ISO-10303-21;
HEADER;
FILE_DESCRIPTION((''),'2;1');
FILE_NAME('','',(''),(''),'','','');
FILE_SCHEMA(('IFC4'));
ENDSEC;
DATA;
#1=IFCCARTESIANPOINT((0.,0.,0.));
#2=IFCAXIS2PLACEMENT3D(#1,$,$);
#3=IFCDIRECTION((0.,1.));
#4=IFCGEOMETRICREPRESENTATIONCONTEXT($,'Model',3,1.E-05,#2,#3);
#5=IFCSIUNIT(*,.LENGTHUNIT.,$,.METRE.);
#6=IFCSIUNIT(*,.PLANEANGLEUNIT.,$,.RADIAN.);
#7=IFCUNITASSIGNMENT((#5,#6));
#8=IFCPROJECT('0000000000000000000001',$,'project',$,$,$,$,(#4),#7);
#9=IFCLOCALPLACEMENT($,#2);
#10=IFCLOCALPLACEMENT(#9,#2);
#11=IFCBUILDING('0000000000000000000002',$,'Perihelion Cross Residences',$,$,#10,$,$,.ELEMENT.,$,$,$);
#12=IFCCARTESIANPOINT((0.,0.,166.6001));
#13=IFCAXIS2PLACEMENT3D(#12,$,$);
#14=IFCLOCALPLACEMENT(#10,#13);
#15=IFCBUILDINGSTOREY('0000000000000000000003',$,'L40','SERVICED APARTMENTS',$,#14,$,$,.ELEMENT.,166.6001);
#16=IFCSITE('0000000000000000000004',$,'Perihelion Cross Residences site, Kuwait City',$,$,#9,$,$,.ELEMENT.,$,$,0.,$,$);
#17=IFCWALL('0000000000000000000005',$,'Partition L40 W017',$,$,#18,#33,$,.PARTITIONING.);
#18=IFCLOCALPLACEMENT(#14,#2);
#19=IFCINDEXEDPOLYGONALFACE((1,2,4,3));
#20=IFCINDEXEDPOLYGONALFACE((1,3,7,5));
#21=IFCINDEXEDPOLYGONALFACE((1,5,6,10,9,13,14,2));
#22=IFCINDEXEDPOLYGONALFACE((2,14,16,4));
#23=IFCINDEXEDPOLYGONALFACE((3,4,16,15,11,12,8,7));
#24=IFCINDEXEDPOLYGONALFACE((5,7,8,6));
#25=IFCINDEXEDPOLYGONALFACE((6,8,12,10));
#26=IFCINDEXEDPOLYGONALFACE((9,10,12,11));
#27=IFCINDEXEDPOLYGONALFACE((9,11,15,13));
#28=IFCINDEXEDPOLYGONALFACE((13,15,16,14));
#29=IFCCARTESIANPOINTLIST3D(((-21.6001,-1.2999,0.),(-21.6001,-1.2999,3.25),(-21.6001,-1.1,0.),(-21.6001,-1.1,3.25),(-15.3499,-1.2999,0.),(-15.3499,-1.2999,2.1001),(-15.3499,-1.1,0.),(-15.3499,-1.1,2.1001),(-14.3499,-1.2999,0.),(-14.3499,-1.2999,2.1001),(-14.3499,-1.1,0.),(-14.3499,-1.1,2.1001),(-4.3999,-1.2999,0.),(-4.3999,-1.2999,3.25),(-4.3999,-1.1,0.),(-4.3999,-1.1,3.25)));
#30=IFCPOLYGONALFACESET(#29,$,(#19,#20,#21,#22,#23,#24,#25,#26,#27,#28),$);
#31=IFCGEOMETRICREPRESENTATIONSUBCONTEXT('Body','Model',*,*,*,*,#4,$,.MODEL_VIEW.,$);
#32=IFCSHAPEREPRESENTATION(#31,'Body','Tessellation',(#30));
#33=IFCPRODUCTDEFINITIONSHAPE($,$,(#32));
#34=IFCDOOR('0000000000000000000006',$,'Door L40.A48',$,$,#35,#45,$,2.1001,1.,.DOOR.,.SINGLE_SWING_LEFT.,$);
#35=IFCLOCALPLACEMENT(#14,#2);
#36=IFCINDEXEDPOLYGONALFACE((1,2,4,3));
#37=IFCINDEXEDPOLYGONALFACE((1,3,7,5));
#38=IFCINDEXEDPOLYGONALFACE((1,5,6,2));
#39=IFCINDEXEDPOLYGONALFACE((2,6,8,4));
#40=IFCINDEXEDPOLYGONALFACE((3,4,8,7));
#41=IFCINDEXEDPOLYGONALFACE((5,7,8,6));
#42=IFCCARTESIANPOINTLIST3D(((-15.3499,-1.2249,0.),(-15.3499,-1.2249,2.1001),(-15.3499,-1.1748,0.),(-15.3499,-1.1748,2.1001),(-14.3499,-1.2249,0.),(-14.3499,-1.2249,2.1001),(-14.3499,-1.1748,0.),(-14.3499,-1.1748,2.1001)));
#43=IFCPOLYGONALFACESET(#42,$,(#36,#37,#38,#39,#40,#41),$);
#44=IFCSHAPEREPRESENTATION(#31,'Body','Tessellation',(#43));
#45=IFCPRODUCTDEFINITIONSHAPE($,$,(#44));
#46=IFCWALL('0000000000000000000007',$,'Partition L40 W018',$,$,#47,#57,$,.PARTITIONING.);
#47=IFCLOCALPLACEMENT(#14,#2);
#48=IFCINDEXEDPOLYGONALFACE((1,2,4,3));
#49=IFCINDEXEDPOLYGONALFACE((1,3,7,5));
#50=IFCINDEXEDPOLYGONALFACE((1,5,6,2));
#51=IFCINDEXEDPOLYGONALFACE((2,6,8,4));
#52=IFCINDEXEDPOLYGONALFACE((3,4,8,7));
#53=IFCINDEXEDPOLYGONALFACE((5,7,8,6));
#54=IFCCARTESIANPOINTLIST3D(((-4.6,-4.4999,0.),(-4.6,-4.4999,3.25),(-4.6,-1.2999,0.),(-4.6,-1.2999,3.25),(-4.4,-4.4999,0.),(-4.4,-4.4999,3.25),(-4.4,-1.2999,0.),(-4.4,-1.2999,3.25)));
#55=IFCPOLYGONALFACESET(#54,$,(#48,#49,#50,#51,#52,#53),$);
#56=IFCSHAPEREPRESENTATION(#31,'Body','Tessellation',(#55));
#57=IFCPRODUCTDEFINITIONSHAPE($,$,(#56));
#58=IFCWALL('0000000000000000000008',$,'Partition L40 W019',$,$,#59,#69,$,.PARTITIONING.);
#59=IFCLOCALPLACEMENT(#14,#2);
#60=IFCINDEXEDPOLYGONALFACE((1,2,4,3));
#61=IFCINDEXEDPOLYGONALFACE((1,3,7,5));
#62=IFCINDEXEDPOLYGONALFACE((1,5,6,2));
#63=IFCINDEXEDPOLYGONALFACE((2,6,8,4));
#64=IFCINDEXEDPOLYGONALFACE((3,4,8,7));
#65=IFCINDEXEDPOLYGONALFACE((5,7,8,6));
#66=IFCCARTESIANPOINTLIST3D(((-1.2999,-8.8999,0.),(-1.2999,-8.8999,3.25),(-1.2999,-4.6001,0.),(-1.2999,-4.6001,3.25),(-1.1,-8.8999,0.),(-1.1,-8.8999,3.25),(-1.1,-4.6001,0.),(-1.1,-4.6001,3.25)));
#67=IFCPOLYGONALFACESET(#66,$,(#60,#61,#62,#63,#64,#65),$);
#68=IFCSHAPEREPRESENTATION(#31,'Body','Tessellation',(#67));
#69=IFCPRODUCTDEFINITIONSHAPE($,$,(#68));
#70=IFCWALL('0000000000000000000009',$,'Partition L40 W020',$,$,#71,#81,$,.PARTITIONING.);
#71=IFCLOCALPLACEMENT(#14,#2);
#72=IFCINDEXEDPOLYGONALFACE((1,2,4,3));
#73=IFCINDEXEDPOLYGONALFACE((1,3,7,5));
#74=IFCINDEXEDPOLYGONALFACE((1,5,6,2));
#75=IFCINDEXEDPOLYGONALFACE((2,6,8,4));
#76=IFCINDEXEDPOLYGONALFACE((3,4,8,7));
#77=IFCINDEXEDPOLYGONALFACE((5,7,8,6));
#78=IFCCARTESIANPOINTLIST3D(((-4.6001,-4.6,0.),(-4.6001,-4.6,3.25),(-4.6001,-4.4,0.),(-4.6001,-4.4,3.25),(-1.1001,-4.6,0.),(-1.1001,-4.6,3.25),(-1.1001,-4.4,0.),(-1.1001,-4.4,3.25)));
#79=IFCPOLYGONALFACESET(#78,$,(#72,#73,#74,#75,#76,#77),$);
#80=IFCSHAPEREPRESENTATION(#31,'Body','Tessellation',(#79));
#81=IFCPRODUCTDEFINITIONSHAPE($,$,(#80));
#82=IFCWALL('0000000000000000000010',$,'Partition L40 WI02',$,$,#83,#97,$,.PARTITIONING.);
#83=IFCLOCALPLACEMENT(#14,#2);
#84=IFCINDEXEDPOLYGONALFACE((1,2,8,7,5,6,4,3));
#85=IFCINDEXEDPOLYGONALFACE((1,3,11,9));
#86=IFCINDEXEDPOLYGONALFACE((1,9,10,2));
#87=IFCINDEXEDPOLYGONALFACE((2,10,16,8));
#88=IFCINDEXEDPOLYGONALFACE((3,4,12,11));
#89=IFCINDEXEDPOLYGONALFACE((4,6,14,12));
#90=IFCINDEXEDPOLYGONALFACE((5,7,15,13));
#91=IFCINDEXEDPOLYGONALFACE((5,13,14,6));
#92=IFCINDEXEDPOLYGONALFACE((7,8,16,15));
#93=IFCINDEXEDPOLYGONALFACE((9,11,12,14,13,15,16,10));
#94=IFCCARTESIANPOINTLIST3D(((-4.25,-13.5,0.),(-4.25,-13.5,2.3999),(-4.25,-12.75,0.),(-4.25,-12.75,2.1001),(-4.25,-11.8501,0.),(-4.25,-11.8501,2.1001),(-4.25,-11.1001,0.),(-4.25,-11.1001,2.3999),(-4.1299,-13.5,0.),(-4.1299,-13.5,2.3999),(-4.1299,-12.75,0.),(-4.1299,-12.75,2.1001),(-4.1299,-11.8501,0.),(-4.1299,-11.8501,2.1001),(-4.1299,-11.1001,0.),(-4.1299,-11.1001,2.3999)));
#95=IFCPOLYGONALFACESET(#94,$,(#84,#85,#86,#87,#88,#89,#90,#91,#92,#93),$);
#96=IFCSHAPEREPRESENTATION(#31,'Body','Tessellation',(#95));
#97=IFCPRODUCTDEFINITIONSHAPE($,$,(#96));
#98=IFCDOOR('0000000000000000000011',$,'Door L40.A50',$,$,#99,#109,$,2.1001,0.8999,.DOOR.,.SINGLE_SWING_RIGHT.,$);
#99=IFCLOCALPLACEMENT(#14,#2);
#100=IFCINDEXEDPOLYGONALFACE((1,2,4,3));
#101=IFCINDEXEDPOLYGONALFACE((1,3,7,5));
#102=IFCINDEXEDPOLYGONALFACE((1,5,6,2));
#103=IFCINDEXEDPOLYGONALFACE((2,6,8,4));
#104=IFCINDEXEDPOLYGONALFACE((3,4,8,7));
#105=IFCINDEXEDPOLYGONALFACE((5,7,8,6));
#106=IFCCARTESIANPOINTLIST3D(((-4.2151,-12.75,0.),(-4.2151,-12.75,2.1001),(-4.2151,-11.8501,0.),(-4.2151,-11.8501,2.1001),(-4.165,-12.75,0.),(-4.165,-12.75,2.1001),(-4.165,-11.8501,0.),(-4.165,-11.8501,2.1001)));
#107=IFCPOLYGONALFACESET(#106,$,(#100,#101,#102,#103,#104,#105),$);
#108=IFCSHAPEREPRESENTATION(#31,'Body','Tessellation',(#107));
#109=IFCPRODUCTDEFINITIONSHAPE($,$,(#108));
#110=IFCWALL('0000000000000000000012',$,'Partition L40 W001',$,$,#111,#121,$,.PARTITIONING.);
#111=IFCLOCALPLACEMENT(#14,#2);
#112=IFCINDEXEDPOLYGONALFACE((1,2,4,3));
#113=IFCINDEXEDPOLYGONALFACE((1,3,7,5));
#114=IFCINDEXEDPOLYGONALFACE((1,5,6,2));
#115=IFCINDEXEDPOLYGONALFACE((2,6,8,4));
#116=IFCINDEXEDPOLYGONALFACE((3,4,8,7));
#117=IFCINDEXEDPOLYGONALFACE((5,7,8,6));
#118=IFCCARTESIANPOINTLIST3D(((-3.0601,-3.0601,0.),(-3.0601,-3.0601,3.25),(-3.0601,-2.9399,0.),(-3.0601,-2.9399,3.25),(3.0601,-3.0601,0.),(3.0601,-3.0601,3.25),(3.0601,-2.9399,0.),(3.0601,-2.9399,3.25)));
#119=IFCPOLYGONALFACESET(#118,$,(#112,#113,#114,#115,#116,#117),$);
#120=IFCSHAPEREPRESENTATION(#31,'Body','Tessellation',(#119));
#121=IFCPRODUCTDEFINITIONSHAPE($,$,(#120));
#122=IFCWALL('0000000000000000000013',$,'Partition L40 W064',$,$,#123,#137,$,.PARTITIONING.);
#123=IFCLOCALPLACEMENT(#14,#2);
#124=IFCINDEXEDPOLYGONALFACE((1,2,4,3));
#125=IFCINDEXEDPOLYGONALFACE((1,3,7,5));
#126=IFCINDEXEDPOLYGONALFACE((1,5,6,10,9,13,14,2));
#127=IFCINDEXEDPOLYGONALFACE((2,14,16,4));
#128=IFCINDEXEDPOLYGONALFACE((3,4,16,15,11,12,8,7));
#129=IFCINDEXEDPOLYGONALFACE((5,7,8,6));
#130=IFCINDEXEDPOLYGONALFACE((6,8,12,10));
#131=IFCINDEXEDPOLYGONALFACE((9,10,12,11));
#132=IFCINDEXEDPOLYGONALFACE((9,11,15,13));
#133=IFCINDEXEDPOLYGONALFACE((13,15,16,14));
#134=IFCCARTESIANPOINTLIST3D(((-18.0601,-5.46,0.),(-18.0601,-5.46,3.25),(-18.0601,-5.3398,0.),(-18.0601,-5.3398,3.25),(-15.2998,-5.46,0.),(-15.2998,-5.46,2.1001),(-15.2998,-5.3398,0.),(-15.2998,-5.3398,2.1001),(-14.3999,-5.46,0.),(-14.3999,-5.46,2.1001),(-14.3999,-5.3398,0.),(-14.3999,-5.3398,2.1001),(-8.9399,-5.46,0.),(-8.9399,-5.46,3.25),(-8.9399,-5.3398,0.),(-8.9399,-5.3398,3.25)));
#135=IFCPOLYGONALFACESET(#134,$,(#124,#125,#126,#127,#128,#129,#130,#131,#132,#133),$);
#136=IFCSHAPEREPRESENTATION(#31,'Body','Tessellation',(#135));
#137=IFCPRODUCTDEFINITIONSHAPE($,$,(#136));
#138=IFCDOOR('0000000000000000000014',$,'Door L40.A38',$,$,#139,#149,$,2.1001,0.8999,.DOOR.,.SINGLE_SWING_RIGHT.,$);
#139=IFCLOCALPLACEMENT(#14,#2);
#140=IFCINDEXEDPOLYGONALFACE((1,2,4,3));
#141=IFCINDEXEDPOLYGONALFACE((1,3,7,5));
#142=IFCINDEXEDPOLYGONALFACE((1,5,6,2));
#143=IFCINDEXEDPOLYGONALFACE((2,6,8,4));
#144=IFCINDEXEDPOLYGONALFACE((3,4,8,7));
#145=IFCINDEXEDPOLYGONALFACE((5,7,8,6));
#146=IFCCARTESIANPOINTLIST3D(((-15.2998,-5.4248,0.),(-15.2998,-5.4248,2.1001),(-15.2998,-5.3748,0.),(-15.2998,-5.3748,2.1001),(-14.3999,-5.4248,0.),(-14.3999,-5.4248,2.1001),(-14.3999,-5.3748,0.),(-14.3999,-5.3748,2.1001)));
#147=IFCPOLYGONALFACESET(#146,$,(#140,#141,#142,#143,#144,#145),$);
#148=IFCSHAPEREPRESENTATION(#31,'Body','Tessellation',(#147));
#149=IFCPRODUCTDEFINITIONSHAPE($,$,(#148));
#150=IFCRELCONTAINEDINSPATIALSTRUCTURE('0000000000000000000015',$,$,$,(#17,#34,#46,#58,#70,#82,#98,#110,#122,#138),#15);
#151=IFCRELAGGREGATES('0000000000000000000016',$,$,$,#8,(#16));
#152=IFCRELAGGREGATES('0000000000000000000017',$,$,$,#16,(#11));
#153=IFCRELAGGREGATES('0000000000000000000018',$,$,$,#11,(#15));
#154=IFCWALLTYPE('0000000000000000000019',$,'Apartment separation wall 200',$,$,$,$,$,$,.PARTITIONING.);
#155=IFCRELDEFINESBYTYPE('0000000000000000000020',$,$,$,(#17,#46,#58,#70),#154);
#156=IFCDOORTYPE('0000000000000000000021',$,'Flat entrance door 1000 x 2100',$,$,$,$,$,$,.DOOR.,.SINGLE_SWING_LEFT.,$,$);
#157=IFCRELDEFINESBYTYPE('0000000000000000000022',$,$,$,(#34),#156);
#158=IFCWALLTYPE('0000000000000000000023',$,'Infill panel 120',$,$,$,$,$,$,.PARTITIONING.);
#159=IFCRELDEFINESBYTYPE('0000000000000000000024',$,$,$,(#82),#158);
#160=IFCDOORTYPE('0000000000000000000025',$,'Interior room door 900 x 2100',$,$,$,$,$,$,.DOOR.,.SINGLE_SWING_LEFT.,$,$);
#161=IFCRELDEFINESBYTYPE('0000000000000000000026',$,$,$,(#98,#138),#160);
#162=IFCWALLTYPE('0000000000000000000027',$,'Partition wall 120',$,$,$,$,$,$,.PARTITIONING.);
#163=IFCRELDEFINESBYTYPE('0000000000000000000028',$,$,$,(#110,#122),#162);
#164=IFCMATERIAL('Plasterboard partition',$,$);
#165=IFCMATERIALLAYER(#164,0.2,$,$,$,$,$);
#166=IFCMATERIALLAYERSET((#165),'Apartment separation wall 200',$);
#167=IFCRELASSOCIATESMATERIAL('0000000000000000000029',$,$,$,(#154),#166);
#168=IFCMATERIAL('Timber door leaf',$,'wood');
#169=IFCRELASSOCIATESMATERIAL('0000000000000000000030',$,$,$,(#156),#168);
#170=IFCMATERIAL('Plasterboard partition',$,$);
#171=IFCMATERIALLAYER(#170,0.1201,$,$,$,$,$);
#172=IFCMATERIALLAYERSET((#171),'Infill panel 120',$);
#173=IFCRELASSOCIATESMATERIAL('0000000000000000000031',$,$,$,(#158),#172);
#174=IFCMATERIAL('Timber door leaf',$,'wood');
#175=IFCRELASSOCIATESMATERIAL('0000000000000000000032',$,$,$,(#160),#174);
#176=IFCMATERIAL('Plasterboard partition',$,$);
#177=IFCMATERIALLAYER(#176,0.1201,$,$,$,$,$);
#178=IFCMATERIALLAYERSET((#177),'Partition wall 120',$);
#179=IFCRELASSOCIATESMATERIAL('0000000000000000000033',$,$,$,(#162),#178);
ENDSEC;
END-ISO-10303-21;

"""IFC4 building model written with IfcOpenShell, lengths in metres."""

from ifc_helpers import new_model, si_unit, direction, frame, frame_2d, origin, place, context, subcontext, project, spatial, rectangle, extrude, material, layer, layer_set, type_object, element, fill, save


model = new_model("IFC4")

# Units and contexts
model_context = context("Model", 3, precision=1e-05, world=origin(), true_north=direction((0.0, 1.0)))
body_context = subcontext(model_context, "Body", "Model", "MODEL_VIEW")
ifc_project = project(units=[si_unit("LENGTHUNIT", "METRE"), si_unit("PLANEANGLEUNIT", "RADIAN")], contexts=[model_context])

# Site, building, storey
site_placement = place(None, origin())
site = spatial("IfcSite", under=ifc_project, at=site_placement, Name="Perihelion Cross Residences site, Kuwait City", CompositionType="ELEMENT", RefElevation=0.0)
building_placement = place(site_placement, origin())
building = spatial("IfcBuilding", under=site, at=building_placement, Name="Perihelion Cross Residences", CompositionType="ELEMENT")
storey_placement = place(building_placement, frame((0.0, 0.0, 166.6001)))
storey = spatial("IfcBuildingStorey", under=building, at=storey_placement, Name="L40", Description="SERVICED APARTMENTS", CompositionType="ELEMENT", Elevation=166.6001)

# Wall, opening, door
ifc_material_1 = material(Name="Plasterboard partition")
ifc_layer_1 = layer(ifc_material_1, 0.2)
ifc_layer_set_1 = layer_set([ifc_layer_1], Name="Apartment separation wall 200")
wall_type_1 = type_object("IfcWallType", Name="Apartment separation wall 200", PredefinedType="PARTITIONING", material=ifc_layer_set_1)
wall_1_placement = place(storey_placement, frame((-4.3999, -1.2, 0.0), z_axis=(0.0, 0.0, 1.0), x_axis=(-1.0, 0.0, 0.0)))
wall_1 = element("IfcWall", 1, at=wall_1_placement, inside=storey, type_object=wall_type_1, Name="Partition L40 W017", PredefinedType="PARTITIONING", context=body_context, shape_type="SweptSolid", body=[
    extrude(rectangle(XDim=17.2002, YDim=0.2, at=frame_2d((8.6001, 0.0))), origin(), (0.0, 0.0, 1.0), 3.25),
])
opening_1_placement = place(wall_1_placement, frame((9.95, 0.0, 0.0)))
opening_1 = element("IfcOpeningElement", 2, at=opening_1_placement, cuts=wall_1, PredefinedType="OPENING", context=body_context, shape_type="SweptSolid", body=[
    extrude(rectangle(XDim=1.0, YDim=2.1001, at=frame_2d((0.5, 1.05))), frame((0.0, 0.1099, 0.0), z_axis=(0.0, -1.0, 0.0), x_axis=(1.0, 0.0, 0.0)), (0.0, 0.0, 1.0), 0.22),
])
ifc_material_2 = material(Name="Timber door leaf", Category="wood")
door_type_1 = type_object("IfcDoorType", Name="Flat entrance door 1000 x 2100", OperationType="SINGLE_SWING_LEFT", PredefinedType="DOOR", material=ifc_material_2)
door_1_placement = place(opening_1_placement, origin())
door_1 = element("IfcDoor", 3, at=door_1_placement, inside=storey, type_object=door_type_1, Name="Door L40.A48", OperationType="SINGLE_SWING_LEFT", OverallHeight=2.1001, OverallWidth=1.0, PredefinedType="DOOR", context=body_context, shape_type="SweptSolid", body=[
    extrude(rectangle(XDim=1.0, YDim=2.1001, at=frame_2d((0.5, 1.05))), frame((0.0, 0.0249, 0.0), z_axis=(0.0, -1.0, 0.0), x_axis=(1.0, 0.0, 0.0)), (0.0, 0.0, 1.0), 0.05),
])
fill(opening_1, door_1)

# Walls
wall_2_placement = place(storey_placement, frame((-4.5, -4.5, 0.0), z_axis=(0.0, 0.0, 1.0), x_axis=(0.0, 1.0, 0.0)))
element("IfcWall", 4, at=wall_2_placement, inside=storey, type_object=wall_type_1, Name="Partition L40 W018", PredefinedType="PARTITIONING", context=body_context, shape_type="SweptSolid", body=[
    extrude(rectangle(XDim=3.2, YDim=0.2, at=frame_2d((1.6001, 0.0))), origin(), (0.0, 0.0, 1.0), 3.25),
])
wall_3_placement = place(storey_placement, frame((-1.2, -8.8999, 0.0), z_axis=(0.0, 0.0, 1.0), x_axis=(0.0, 1.0, 0.0)))
element("IfcWall", 5, at=wall_3_placement, inside=storey, type_object=wall_type_1, Name="Partition L40 W019", PredefinedType="PARTITIONING", context=body_context, shape_type="SweptSolid", body=[
    extrude(rectangle(XDim=4.2998, YDim=0.2, at=frame_2d((2.1499, 0.0))), origin(), (0.0, 0.0, 1.0), 3.25),
])
wall_4_placement = place(storey_placement, frame((-1.1001, -4.5, 0.0), z_axis=(0.0, 0.0, 1.0), x_axis=(-1.0, 0.0, 0.0)))
element("IfcWall", 6, at=wall_4_placement, inside=storey, type_object=wall_type_1, Name="Partition L40 W020", PredefinedType="PARTITIONING", context=body_context, shape_type="SweptSolid", body=[
    extrude(rectangle(XDim=3.5, YDim=0.2, at=frame_2d((1.75, 0.0))), origin(), (0.0, 0.0, 1.0), 3.25),
])

# Wall, opening, door
ifc_material_3 = material(Name="Plasterboard partition")
ifc_layer_2 = layer(ifc_material_3, 0.1201)
ifc_layer_set_2 = layer_set([ifc_layer_2], Name="Infill panel 120")
wall_type_2 = type_object("IfcWallType", Name="Infill panel 120", PredefinedType="PARTITIONING", material=ifc_layer_set_2)
wall_5_placement = place(storey_placement, frame((-4.1899, -11.1001, 0.0), z_axis=(0.0, 0.0, 1.0), x_axis=(0.0, -1.0, 0.0)))
wall_5 = element("IfcWall", 7, at=wall_5_placement, inside=storey, type_object=wall_type_2, Name="Partition L40 WI02", PredefinedType="PARTITIONING", context=body_context, shape_type="SweptSolid", body=[
    extrude(rectangle(XDim=2.3999, YDim=0.1201, at=frame_2d((1.2, 0.0))), origin(), (0.0, 0.0, 1.0), 2.3999),
])
opening_2_placement = place(wall_5_placement, frame((0.75, 0.0, 0.0)))
opening_2 = element("IfcOpeningElement", 8, at=opening_2_placement, cuts=wall_5, PredefinedType="OPENING", context=body_context, shape_type="SweptSolid", body=[
    extrude(rectangle(XDim=0.8999, YDim=2.1001, at=frame_2d((0.45, 1.05))), frame((0.0, 0.0701, 0.0), z_axis=(0.0, -1.0, 0.0), x_axis=(1.0, 0.0, 0.0)), (0.0, 0.0, 1.0), 0.1401),
])
ifc_material_4 = material(Name="Timber door leaf", Category="wood")
door_type_2 = type_object("IfcDoorType", Name="Interior room door 900 x 2100", OperationType="SINGLE_SWING_LEFT", PredefinedType="DOOR", material=ifc_material_4)
door_2_placement = place(opening_2_placement, origin())
door_2 = element("IfcDoor", 9, at=door_2_placement, inside=storey, type_object=door_type_2, Name="Door L40.A50", OperationType="SINGLE_SWING_RIGHT", OverallHeight=2.1001, OverallWidth=0.8999, PredefinedType="DOOR", context=body_context, shape_type="SweptSolid", body=[
    extrude(rectangle(XDim=0.8999, YDim=2.1001, at=frame_2d((0.45, 1.05))), frame((0.0, 0.0249, 0.0), z_axis=(0.0, -1.0, 0.0), x_axis=(1.0, 0.0, 0.0)), (0.0, 0.0, 1.0), 0.05),
])
fill(opening_2, door_2)

# Wall
ifc_material_5 = material(Name="Plasterboard partition")
ifc_layer_3 = layer(ifc_material_5, 0.1201)
ifc_layer_set_3 = layer_set([ifc_layer_3], Name="Partition wall 120")
wall_type_3 = type_object("IfcWallType", Name="Partition wall 120", PredefinedType="PARTITIONING", material=ifc_layer_set_3)
wall_6_placement = place(storey_placement, frame((-3.0601, -3.0, 0.0), z_axis=(0.0, 0.0, 1.0), x_axis=(1.0, 0.0, 0.0)))
element("IfcWall", 10, at=wall_6_placement, inside=storey, type_object=wall_type_3, Name="Partition L40 W001", PredefinedType="PARTITIONING", context=body_context, shape_type="SweptSolid", body=[
    extrude(rectangle(XDim=6.1201, YDim=0.1201, at=frame_2d((3.0601, 0.0))), origin(), (0.0, 0.0, 1.0), 3.25),
])

# Wall, opening, door
wall_7_placement = place(storey_placement, frame((-8.9399, -5.3999, 0.0), z_axis=(0.0, 0.0, 1.0), x_axis=(-1.0, 0.0, 0.0)))
wall_7 = element("IfcWall", 11, at=wall_7_placement, inside=storey, type_object=wall_type_3, Name="Partition L40 W064", PredefinedType="PARTITIONING", context=body_context, shape_type="SweptSolid", body=[
    extrude(rectangle(XDim=9.1201, YDim=0.1201, at=frame_2d((4.5601, 0.0))), origin(), (0.0, 0.0, 1.0), 3.25),
])
opening_3_placement = place(wall_7_placement, frame((5.46, 0.0, 0.0)))
opening_3 = element("IfcOpeningElement", 12, at=opening_3_placement, cuts=wall_7, PredefinedType="OPENING", context=body_context, shape_type="SweptSolid", body=[
    extrude(rectangle(XDim=0.8999, YDim=2.1001, at=frame_2d((0.45, 1.05))), frame((0.0, 0.0701, 0.0), z_axis=(0.0, -1.0, 0.0), x_axis=(1.0, 0.0, 0.0)), (0.0, 0.0, 1.0), 0.1401),
])
door_3_placement = place(opening_3_placement, origin())
door_3 = element("IfcDoor", 13, at=door_3_placement, inside=storey, type_object=door_type_2, Name="Door L40.A38", OperationType="SINGLE_SWING_RIGHT", OverallHeight=2.1001, OverallWidth=0.8999, PredefinedType="DOOR", context=body_context, shape_type="SweptSolid", body=[
    extrude(rectangle(XDim=0.8999, YDim=2.1001, at=frame_2d((0.45, 1.05))), frame((0.0, 0.0249, 0.0), z_axis=(0.0, -1.0, 0.0), x_axis=(1.0, 0.0, 0.0)), (0.0, 0.0, 1.0), 0.05),
])
fill(opening_3, door_3)

save(model, "model.ifc")
